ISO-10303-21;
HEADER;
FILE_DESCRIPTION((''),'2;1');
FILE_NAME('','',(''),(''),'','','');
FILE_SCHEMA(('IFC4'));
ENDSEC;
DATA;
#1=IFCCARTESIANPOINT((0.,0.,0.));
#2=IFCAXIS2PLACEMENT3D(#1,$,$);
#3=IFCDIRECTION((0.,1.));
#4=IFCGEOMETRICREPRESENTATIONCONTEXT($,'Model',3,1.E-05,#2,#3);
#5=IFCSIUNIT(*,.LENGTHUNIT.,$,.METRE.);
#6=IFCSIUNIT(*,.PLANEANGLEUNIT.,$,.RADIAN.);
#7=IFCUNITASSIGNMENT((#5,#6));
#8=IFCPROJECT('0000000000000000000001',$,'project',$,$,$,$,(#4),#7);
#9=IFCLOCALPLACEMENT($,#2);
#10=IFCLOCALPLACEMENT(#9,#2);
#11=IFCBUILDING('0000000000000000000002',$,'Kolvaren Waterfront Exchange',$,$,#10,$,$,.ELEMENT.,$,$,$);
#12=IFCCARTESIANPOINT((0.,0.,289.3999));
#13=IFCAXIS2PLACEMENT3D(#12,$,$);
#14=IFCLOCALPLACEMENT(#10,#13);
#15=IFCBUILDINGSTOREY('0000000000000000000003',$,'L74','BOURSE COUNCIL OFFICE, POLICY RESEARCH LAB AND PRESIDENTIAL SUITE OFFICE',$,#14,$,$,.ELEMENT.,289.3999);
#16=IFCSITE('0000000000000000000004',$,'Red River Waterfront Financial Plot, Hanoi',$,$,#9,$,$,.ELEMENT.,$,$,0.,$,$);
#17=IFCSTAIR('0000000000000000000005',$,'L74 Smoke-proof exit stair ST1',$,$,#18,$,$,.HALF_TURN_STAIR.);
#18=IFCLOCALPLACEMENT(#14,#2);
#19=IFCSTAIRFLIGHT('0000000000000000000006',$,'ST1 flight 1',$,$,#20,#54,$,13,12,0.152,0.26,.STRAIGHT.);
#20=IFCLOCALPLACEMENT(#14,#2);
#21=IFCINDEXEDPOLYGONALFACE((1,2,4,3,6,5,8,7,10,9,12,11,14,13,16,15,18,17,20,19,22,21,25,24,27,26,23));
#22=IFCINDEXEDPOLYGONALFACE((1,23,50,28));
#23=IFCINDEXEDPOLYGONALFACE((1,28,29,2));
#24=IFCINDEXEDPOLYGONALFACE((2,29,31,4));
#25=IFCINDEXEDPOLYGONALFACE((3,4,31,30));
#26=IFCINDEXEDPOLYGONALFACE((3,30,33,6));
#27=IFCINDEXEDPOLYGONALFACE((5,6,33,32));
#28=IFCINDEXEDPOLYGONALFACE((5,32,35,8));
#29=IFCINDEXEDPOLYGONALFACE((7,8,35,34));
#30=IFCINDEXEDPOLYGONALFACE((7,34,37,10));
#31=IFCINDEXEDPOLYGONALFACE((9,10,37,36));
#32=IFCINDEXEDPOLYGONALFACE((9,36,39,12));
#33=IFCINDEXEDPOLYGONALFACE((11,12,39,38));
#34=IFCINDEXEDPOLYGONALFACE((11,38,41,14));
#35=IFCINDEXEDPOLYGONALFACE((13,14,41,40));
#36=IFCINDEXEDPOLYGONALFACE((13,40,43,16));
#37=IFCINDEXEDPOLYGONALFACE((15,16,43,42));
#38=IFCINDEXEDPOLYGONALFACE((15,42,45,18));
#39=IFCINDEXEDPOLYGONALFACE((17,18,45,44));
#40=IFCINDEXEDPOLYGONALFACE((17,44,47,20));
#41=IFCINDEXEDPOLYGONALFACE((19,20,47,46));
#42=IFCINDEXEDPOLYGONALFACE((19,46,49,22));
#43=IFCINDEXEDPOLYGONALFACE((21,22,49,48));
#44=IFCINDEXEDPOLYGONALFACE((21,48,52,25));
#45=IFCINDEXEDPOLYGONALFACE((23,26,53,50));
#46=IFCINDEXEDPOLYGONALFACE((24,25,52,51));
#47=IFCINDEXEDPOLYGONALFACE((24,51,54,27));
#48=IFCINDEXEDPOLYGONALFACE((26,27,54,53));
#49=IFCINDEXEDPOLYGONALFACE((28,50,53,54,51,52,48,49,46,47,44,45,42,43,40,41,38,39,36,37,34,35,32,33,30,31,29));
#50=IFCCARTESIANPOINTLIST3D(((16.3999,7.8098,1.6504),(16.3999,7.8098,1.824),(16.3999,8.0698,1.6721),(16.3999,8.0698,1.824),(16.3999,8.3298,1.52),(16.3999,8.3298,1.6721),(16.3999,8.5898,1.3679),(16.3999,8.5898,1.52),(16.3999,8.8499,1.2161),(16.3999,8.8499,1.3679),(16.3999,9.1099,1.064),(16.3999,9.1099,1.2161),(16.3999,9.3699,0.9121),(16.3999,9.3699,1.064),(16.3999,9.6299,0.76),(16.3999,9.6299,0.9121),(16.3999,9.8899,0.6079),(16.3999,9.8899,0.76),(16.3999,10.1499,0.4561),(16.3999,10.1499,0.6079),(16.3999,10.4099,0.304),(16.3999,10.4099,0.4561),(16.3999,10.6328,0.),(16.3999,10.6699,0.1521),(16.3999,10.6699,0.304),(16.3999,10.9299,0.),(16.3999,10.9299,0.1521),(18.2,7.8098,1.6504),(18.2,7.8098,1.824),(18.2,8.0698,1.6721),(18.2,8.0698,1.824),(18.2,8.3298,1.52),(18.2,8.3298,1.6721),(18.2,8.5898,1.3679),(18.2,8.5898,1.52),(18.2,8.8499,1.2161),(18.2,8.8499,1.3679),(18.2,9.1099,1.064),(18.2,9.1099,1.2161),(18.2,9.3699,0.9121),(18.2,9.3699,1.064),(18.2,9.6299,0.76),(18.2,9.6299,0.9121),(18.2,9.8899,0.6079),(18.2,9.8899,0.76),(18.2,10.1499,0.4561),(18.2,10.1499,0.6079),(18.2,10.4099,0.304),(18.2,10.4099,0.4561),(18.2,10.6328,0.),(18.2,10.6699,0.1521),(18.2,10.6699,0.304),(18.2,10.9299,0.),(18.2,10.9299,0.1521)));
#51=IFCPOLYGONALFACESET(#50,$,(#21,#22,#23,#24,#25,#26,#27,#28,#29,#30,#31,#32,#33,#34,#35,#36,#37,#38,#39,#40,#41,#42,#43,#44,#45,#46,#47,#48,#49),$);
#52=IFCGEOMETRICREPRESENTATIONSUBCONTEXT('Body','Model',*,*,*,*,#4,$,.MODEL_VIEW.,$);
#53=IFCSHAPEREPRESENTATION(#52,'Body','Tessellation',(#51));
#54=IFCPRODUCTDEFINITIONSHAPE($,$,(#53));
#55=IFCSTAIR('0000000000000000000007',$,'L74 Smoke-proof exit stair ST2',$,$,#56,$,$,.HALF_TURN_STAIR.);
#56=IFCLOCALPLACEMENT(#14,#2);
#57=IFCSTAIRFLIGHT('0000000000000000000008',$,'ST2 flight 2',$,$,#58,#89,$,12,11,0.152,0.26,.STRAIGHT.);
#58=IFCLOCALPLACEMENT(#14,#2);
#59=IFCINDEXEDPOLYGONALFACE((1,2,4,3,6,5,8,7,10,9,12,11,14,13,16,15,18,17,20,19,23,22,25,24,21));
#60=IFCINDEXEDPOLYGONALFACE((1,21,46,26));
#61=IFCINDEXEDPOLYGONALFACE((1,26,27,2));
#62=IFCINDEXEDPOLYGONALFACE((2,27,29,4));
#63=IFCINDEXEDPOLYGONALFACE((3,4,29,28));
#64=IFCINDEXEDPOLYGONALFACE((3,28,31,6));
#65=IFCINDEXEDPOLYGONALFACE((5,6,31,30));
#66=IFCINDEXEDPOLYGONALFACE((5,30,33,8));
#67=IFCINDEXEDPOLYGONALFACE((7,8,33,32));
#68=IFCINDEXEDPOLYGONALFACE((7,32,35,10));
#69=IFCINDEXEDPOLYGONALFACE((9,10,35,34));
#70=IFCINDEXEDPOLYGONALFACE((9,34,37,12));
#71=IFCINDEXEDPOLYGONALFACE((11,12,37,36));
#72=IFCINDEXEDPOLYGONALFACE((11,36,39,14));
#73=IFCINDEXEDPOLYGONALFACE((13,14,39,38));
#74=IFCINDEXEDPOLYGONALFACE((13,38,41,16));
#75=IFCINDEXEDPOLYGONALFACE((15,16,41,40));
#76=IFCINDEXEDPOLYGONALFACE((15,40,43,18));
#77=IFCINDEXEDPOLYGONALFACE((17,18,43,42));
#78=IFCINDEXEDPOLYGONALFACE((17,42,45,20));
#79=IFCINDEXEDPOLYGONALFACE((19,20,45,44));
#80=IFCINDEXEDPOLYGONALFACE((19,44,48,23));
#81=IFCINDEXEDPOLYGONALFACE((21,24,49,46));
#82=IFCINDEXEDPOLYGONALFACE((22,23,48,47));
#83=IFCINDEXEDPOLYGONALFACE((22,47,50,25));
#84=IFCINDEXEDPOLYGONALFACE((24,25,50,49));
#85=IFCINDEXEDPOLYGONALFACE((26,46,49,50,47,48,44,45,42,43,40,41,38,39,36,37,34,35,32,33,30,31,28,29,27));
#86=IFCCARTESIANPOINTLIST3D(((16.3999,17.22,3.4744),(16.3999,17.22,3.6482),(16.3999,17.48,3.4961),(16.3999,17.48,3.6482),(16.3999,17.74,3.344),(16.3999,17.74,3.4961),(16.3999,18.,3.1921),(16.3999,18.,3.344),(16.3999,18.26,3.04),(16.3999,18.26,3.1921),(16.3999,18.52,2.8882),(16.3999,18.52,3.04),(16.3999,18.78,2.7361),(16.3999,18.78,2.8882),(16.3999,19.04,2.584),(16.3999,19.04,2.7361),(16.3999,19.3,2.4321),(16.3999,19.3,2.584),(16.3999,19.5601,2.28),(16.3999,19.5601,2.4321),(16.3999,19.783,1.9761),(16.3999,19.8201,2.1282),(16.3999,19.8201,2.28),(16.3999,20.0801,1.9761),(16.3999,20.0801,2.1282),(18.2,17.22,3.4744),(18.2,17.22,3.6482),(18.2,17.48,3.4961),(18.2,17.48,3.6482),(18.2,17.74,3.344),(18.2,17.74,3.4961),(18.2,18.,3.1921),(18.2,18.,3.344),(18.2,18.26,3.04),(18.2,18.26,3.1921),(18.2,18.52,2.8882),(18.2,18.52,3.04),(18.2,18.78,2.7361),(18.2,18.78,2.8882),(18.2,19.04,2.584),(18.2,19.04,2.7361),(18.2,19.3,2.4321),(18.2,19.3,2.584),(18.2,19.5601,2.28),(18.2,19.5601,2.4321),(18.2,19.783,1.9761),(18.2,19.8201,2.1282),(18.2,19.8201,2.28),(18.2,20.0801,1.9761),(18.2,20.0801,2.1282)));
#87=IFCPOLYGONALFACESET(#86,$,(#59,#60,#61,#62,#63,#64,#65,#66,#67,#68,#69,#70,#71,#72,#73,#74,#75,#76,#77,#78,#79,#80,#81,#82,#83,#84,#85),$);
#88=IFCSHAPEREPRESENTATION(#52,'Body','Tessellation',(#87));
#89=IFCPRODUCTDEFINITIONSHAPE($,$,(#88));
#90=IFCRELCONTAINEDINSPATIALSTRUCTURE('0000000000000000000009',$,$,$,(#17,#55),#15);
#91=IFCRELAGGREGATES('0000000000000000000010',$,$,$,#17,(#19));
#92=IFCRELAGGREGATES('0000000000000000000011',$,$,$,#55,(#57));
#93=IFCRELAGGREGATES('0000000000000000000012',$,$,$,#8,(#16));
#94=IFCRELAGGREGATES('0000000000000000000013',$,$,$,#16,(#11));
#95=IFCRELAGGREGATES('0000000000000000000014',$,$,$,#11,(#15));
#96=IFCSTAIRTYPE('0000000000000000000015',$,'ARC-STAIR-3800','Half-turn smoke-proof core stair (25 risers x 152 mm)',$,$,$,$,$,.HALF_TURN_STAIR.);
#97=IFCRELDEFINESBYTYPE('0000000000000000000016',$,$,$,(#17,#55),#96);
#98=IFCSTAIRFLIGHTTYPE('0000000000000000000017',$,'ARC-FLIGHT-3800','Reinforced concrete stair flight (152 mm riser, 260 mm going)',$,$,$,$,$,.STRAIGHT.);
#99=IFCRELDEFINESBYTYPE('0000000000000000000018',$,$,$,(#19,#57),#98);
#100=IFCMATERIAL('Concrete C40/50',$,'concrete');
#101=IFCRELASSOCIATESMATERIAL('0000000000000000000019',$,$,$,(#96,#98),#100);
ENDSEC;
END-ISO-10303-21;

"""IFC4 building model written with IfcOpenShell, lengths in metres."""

from ifc_helpers import new_model, si_unit, direction, frame, origin, place, context, subcontext, project, spatial, polyline, outline, extrude, material, type_object, element, aggregate, save


model = new_model("IFC4")

# Units and contexts
model_context = context("Model", 3, precision=1e-05, world=origin(), true_north=direction((0.0, 1.0)))
body_context = subcontext(model_context, "Body", "Model", "MODEL_VIEW")
ifc_project = project(units=[si_unit("LENGTHUNIT", "METRE"), si_unit("PLANEANGLEUNIT", "RADIAN")], contexts=[model_context])

# Site, building, storey
site_placement = place(None, origin())
site = spatial("IfcSite", under=ifc_project, at=site_placement, Name="Red River Waterfront Financial Plot, Hanoi", CompositionType="ELEMENT", RefElevation=0.0)
building_placement = place(site_placement, origin())
building = spatial("IfcBuilding", under=site, at=building_placement, Name="Kolvaren Waterfront Exchange", CompositionType="ELEMENT")
storey_placement = place(building_placement, frame((0.0, 0.0, 289.3999)))
storey = spatial("IfcBuildingStorey", under=building, at=storey_placement, Name="L74", Description="BOURSE COUNCIL OFFICE, POLICY RESEARCH LAB AND PRESIDENTIAL SUITE OFFICE", CompositionType="ELEMENT", Elevation=289.3999)

# Shared definitions
ifc_material_1 = material(Name="Concrete C40/50", Category="concrete")

# Stairs, stair flights
stair_type = type_object("IfcStairType", Name="ARC-STAIR-3800", Description="Half-turn smoke-proof core stair (25 risers x 152 mm)", PredefinedType="HALF_TURN_STAIR", material=ifc_material_1)
stair_1_placement = place(storey_placement, origin())
stair_1 = element("IfcStair", 1, at=stair_1_placement, inside=storey, type_object=stair_type, Name="L74 Smoke-proof exit stair ST1", PredefinedType="HALF_TURN_STAIR")
stair_flight_type = type_object("IfcStairFlightType", Name="ARC-FLIGHT-3800", Description="Reinforced concrete stair flight (152 mm riser, 260 mm going)", PredefinedType="STRAIGHT", material=ifc_material_1)
stair_flight_1_placement = place(storey_placement, frame((17.3, 10.9299, 0.0), z_axis=(0.0, 0.0, 1.0), x_axis=(0.0, -1.0, 0.0)))
stair_flight_1 = element("IfcStairFlight", 2, at=stair_flight_1_placement, type_object=stair_flight_type, Name="ST1 flight 1", NumberOfRisers=13, NumberOfTreads=12, PredefinedType="STRAIGHT", RiserHeight=0.152, TreadLength=0.26, context=body_context, shape_type="SweptSolid", body=[
    extrude(outline(polyline([(0.0, 0.0), (0.0, 0.1521), (0.26, 0.1521), (0.26, 0.304), (0.52, 0.304), (0.52, 0.4561), (0.78, 0.4561), (0.78, 0.6079), (1.04, 0.6079), (1.04, 0.76), (1.3, 0.76), (1.3, 0.9121), (1.5601, 0.9121), (1.5601, 1.064), (1.8201, 1.064), (1.8201, 1.2161), (2.0801, 1.2161), (2.0801, 1.3679), (2.3401, 1.3679), (2.3401, 1.52), (2.6001, 1.52), (2.6001, 1.6721), (2.8601, 1.6721), (2.8601, 1.824), (3.1201, 1.824), (3.1201, 1.9761), (3.1201, 1.6504), (0.2971, 0.0), (0.0, 0.0)])), frame((0.0, 0.8999, 0.0), z_axis=(0.0, -1.0, 0.0), x_axis=(1.0, 0.0, 0.0)), (0.0, 0.0, 1.0), 1.8),
])
aggregate(stair_1, [stair_flight_1])
stair_2_placement = place(storey_placement, origin())
stair_2 = element("IfcStair", 3, at=stair_2_placement, inside=storey, type_object=stair_type, Name="L74 Smoke-proof exit stair ST2", PredefinedType="HALF_TURN_STAIR")
stair_flight_2_placement = place(storey_placement, frame((17.3, 20.0801, 1.9761), z_axis=(0.0, 0.0, 1.0), x_axis=(0.0, -1.0, 0.0)))
stair_flight_2 = element("IfcStairFlight", 4, at=stair_flight_2_placement, type_object=stair_flight_type, Name="ST2 flight 2", NumberOfRisers=12, NumberOfTreads=11, PredefinedType="STRAIGHT", RiserHeight=0.152, TreadLength=0.26, context=body_context, shape_type="SweptSolid", body=[
    extrude(outline(polyline([(0.0, 0.0), (0.0, 0.1521), (0.26, 0.1521), (0.26, 0.304), (0.52, 0.304), (0.52, 0.4561), (0.78, 0.4561), (0.78, 0.6079), (1.04, 0.6079), (1.04, 0.76), (1.3, 0.76), (1.3, 0.9121), (1.5601, 0.9121), (1.5601, 1.064), (1.8201, 1.064), (1.8201, 1.2161), (2.0801, 1.2161), (2.0801, 1.3679), (2.3401, 1.3679), (2.3401, 1.52), (2.6001, 1.52), (2.6001, 1.6721), (2.8601, 1.6721), (2.8601, 1.824), (2.8601, 1.4983), (0.2971, 0.0), (0.0, 0.0)])), frame((0.0, 0.8999, 0.0), z_axis=(0.0, -1.0, 0.0), x_axis=(1.0, 0.0, 0.0)), (0.0, 0.0, 1.0), 1.8),
])
aggregate(stair_2, [stair_flight_2])

save(model, "model.ifc")
